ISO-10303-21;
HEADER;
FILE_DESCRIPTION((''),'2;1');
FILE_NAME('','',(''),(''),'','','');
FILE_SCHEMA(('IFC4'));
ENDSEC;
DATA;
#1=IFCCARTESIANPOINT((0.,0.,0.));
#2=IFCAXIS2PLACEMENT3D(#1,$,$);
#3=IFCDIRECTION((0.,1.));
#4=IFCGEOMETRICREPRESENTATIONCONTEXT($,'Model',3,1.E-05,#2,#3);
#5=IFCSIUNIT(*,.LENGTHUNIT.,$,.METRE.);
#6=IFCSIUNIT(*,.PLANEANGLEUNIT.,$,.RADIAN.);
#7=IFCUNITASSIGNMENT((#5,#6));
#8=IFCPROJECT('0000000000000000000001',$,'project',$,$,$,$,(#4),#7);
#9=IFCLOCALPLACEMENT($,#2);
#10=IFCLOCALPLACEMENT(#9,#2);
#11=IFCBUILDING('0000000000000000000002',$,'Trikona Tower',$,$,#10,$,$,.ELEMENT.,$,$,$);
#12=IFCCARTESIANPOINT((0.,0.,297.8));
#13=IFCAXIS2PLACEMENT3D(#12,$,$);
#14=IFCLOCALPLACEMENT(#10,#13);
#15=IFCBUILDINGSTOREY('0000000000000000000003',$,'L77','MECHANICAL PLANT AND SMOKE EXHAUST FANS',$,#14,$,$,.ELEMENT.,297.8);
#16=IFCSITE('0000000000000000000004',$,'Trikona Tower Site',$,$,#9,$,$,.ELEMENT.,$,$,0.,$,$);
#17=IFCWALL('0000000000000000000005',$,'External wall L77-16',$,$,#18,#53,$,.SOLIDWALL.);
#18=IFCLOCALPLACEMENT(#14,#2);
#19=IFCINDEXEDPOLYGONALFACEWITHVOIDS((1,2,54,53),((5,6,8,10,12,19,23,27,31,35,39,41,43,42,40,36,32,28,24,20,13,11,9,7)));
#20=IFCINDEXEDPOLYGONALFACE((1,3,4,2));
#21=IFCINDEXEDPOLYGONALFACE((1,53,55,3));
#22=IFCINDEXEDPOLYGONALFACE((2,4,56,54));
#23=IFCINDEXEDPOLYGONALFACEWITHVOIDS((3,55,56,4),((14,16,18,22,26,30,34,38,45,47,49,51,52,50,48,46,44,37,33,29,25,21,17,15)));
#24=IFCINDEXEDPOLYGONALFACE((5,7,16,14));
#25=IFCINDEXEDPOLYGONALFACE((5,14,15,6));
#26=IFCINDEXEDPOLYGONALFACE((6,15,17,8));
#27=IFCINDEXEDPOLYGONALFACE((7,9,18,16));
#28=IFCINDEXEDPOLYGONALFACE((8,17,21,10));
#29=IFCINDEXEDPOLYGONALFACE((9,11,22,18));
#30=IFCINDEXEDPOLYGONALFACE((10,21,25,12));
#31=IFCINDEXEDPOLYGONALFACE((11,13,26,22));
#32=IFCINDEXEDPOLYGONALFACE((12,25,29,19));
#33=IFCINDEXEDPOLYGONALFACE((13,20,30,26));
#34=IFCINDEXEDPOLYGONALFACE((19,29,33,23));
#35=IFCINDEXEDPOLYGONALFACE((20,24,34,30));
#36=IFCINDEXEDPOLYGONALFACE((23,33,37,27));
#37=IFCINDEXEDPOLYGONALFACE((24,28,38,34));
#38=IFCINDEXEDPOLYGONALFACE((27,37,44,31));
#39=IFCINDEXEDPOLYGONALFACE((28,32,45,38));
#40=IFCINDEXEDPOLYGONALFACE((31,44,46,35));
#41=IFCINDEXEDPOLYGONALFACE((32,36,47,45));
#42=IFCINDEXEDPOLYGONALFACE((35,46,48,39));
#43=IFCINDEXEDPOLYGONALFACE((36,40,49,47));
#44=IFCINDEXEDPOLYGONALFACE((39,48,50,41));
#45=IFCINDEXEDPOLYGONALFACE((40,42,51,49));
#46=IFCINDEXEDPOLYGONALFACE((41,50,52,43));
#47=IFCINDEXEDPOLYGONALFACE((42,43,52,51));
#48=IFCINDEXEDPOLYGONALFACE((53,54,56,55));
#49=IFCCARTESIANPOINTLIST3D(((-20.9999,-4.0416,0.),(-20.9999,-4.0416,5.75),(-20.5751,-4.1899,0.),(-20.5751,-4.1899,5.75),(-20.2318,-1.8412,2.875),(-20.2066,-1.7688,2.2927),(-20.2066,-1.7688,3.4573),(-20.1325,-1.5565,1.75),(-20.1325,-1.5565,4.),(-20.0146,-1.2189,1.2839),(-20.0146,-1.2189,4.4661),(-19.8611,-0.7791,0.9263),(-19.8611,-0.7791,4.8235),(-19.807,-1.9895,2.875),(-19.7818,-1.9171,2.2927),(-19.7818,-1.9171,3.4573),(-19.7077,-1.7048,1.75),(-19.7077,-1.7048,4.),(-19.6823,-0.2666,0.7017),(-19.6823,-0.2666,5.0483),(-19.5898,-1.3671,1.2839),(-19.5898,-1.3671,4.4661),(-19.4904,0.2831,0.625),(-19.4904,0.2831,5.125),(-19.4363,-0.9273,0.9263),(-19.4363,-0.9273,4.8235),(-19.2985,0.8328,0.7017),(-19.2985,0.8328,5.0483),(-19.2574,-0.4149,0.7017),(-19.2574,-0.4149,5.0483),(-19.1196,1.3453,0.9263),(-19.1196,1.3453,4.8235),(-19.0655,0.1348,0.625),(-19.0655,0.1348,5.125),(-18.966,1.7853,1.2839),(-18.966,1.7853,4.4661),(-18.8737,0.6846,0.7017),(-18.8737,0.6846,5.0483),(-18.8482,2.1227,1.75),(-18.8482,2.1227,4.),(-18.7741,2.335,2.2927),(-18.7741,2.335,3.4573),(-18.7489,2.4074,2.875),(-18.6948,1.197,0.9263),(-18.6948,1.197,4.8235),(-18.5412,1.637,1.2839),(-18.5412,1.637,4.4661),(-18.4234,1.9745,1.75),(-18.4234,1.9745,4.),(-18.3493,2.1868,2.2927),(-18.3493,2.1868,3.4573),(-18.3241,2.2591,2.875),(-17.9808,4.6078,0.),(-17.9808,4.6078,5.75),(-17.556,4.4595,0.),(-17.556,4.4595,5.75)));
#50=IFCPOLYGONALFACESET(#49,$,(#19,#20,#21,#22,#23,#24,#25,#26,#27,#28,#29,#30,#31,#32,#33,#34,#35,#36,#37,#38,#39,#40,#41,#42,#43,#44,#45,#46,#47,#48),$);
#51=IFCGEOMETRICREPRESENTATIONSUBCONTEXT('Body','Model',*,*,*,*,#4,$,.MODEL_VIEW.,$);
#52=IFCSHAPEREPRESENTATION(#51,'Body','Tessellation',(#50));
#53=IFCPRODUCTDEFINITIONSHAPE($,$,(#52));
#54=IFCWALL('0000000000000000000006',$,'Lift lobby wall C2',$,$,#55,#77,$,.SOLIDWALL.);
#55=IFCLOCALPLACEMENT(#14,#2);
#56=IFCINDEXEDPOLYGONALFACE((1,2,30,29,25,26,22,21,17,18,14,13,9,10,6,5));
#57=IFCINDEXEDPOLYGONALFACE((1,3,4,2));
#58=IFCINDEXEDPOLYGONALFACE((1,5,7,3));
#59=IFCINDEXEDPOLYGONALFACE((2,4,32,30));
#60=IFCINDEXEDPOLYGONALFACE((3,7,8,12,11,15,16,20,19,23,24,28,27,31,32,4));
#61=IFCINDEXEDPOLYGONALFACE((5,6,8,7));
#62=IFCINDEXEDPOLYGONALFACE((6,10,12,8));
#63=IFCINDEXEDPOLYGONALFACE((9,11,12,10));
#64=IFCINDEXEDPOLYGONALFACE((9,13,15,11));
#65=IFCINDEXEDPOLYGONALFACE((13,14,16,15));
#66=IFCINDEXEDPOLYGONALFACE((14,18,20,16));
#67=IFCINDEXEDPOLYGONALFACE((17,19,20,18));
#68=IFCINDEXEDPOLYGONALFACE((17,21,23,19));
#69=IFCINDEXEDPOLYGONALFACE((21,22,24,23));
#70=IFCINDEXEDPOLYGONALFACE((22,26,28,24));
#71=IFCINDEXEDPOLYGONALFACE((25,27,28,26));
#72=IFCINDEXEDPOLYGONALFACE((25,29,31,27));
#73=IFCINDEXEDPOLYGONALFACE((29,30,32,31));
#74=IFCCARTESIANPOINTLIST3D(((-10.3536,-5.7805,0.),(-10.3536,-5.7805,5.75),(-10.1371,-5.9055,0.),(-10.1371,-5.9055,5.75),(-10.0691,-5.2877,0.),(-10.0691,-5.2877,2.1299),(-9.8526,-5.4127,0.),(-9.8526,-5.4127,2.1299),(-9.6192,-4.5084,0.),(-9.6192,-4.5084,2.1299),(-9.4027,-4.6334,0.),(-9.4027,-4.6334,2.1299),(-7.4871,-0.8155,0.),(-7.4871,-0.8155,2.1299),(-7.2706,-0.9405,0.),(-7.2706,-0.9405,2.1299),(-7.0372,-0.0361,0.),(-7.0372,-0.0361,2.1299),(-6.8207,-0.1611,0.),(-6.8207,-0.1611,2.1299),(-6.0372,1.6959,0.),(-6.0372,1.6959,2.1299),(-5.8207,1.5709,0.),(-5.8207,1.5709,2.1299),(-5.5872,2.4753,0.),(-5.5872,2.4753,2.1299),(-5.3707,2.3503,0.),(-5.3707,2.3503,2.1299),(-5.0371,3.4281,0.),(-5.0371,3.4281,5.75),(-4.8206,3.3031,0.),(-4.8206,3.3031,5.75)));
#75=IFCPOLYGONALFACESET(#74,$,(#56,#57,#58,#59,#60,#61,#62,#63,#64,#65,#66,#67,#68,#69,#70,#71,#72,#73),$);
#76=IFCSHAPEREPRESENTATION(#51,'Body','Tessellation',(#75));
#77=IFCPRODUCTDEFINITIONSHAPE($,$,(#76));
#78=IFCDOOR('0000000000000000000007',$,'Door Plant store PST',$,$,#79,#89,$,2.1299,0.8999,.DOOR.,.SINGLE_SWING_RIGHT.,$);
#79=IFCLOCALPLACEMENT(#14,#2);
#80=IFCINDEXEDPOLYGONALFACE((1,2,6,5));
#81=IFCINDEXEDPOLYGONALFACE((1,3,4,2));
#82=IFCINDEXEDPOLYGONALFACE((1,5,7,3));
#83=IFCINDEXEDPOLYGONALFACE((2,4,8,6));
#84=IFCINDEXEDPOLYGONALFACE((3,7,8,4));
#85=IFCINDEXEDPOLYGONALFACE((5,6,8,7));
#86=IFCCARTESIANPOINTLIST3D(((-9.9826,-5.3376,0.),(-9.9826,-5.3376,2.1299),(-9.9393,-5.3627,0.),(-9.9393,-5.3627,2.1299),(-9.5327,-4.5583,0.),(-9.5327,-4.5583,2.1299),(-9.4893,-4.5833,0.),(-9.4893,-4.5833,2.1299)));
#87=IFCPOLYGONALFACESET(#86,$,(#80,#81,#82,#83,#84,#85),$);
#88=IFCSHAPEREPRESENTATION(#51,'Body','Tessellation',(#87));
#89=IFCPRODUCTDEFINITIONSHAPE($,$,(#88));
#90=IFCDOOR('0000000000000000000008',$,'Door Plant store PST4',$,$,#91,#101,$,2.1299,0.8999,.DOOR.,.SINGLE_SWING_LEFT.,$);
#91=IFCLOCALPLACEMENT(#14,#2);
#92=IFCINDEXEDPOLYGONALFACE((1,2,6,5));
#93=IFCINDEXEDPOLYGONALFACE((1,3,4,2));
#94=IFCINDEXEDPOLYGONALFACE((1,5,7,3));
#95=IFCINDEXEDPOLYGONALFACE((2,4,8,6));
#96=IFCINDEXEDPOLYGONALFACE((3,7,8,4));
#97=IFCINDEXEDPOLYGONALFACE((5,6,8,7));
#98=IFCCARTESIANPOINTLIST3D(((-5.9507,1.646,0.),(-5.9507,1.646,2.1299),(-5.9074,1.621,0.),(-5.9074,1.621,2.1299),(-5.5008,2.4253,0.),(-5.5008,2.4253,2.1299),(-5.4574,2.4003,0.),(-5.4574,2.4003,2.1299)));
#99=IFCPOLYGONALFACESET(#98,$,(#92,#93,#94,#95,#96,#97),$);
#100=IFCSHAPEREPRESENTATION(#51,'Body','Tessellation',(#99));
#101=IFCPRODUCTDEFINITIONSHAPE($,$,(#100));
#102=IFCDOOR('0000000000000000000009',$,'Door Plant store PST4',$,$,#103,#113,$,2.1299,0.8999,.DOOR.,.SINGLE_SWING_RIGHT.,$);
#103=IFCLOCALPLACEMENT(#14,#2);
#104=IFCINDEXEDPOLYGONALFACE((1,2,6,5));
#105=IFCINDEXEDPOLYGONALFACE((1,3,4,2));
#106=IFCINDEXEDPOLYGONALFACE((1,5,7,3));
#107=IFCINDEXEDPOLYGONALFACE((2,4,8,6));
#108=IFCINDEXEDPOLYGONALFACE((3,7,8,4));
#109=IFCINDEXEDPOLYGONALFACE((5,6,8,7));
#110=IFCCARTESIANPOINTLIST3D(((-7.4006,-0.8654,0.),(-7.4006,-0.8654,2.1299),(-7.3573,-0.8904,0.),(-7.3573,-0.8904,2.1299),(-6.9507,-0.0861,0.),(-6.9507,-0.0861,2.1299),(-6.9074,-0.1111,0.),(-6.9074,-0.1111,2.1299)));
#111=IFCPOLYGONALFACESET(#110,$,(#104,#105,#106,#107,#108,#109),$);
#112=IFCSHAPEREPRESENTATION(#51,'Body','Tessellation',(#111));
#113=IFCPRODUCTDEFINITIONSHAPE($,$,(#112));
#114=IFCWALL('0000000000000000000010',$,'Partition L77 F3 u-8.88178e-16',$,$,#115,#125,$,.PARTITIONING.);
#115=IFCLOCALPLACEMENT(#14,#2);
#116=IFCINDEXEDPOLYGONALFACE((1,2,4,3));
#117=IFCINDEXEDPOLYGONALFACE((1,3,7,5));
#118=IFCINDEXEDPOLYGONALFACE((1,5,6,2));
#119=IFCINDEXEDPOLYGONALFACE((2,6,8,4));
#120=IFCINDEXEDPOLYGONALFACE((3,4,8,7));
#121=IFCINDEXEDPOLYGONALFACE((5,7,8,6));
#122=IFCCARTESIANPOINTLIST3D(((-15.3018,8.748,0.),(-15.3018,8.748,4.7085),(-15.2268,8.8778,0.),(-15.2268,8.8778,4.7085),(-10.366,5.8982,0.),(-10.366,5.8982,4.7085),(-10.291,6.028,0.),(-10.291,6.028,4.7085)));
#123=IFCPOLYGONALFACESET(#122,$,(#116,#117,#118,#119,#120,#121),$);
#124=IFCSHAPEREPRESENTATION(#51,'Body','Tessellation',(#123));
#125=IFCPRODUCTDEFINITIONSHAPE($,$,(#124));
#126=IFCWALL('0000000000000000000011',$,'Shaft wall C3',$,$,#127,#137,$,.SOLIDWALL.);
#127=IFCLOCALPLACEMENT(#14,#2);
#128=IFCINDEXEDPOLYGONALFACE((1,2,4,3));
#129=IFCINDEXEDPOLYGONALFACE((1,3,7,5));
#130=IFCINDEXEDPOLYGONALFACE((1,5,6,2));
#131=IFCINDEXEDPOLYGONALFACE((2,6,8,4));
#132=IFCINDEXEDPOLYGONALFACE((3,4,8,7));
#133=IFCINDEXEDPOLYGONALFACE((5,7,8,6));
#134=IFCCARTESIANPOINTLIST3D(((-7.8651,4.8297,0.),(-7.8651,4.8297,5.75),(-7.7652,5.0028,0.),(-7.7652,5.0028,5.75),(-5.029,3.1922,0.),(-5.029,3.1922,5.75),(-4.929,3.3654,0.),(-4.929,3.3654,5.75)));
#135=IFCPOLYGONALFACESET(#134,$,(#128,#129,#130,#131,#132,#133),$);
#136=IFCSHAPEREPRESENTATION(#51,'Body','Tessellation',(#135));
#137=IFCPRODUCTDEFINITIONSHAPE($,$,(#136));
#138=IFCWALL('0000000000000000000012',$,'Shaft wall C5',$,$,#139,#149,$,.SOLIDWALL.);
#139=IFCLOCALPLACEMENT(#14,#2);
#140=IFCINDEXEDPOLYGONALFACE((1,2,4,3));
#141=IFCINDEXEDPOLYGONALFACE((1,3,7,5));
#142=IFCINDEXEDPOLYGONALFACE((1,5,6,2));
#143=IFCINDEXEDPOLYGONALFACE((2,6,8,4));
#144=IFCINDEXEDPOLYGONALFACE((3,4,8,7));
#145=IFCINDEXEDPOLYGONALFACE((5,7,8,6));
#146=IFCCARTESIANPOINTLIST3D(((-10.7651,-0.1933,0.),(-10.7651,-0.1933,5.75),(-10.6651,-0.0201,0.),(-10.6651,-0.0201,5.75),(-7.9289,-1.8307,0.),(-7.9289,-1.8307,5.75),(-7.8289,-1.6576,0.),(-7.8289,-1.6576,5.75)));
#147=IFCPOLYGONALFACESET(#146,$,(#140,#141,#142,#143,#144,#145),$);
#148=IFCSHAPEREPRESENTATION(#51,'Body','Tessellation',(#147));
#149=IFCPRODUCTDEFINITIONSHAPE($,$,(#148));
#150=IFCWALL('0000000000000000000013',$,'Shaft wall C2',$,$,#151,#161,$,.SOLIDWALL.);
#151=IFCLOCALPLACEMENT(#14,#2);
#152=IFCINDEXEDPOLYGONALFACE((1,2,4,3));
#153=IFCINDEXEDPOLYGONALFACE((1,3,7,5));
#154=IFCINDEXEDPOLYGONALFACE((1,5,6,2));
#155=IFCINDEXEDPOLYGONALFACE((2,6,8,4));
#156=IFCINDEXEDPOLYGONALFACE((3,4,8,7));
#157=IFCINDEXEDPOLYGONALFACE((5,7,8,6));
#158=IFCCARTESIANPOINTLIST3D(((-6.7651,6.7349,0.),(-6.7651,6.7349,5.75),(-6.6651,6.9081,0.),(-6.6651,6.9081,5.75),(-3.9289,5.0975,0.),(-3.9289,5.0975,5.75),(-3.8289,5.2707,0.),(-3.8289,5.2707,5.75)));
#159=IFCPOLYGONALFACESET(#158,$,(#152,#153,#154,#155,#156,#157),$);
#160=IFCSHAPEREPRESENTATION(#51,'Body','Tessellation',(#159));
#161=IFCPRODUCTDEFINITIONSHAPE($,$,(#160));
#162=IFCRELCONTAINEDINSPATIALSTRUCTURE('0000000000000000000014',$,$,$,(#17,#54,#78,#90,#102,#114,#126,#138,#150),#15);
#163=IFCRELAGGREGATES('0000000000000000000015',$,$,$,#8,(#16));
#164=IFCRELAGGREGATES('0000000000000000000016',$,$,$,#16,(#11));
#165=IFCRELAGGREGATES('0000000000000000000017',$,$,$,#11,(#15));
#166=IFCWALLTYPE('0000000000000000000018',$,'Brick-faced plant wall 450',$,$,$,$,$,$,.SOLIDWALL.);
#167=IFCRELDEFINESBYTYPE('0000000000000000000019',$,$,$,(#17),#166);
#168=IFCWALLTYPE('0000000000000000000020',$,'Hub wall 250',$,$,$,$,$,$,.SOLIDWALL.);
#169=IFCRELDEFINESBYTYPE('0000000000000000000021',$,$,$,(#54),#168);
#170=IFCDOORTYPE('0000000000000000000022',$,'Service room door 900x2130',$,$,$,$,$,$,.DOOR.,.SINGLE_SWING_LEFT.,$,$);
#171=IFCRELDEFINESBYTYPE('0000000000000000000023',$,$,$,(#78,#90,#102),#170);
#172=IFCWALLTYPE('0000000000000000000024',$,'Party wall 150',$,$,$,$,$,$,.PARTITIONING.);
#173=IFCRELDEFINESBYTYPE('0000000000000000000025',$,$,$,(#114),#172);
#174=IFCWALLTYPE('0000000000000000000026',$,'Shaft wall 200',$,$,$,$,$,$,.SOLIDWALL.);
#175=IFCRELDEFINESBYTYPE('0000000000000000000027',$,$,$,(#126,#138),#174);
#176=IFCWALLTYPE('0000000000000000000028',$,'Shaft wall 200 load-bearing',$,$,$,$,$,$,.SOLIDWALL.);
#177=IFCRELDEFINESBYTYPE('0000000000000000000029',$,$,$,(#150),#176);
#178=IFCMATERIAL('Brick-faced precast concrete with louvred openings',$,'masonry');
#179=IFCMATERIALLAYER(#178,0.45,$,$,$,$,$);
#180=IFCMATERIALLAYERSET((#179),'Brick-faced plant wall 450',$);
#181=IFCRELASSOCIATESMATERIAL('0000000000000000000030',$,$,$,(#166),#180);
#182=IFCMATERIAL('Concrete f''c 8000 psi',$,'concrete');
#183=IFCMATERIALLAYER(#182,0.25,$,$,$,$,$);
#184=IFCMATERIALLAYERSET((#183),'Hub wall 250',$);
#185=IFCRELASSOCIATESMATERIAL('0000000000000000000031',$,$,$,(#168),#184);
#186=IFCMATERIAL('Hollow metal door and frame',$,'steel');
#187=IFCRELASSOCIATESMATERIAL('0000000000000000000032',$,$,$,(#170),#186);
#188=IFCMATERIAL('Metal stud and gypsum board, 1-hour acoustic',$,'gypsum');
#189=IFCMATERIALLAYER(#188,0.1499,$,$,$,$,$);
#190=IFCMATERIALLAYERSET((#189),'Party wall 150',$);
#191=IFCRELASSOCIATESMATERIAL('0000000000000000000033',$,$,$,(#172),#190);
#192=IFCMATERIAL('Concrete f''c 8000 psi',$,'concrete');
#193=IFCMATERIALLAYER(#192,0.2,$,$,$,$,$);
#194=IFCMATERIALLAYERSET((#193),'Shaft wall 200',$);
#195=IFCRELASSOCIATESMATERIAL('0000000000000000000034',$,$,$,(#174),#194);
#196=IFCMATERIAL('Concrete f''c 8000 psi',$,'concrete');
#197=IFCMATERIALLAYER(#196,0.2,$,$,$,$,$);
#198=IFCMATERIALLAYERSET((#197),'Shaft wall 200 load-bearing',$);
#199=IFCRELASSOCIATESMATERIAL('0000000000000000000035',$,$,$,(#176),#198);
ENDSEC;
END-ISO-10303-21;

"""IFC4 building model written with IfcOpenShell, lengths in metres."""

from ifc_helpers import new_model, si_unit, direction, frame, frame_2d, origin, place, context, subcontext, project, spatial, polyline, rectangle, outline, extrude, material, layer, layer_set, type_object, element, fill, save


model = new_model("IFC4")

# Units and contexts
model_context = context("Model", 3, precision=1e-05, world=origin(), true_north=direction((0.0, 1.0)))
body_context = subcontext(model_context, "Body", "Model", "MODEL_VIEW")
ifc_project = project(units=[si_unit("LENGTHUNIT", "METRE"), si_unit("PLANEANGLEUNIT", "RADIAN")], contexts=[model_context])

# Site, building, storey
site_placement = place(None, origin())
site = spatial("IfcSite", under=ifc_project, at=site_placement, Name="Trikona Tower Site", CompositionType="ELEMENT", RefElevation=0.0)
building_placement = place(site_placement, origin())
building = spatial("IfcBuilding", under=site, at=building_placement, Name="Trikona Tower", CompositionType="ELEMENT")
storey_placement = place(building_placement, frame((0.0, 0.0, 297.8)))
storey = spatial("IfcBuildingStorey", under=building, at=storey_placement, Name="L77", Description="MECHANICAL PLANT AND SMOKE EXHAUST FANS", CompositionType="ELEMENT", Elevation=297.8)

# Wall
ifc_material_1 = material(Name="Brick-faced precast concrete with louvred openings", Category="masonry")
ifc_layer_1 = layer(ifc_material_1, 0.45)
ifc_layer_set_1 = layer_set([ifc_layer_1], Name="Brick-faced plant wall 450")
wall_type_1 = type_object("IfcWallType", Name="Brick-faced plant wall 450", PredefinedType="SOLIDWALL", material=ifc_layer_set_1)
wall_1_placement = place(storey_placement, frame((-17.7686, 4.5337, 0.0), z_axis=(0.0, 0.0, 1.0), x_axis=(-0.329548, -0.944139, 0.0)))
element("IfcWall", 1, at=wall_1_placement, inside=storey, type_object=wall_type_1, Name="External wall L77-16", PredefinedType="SOLIDWALL", context=body_context, shape_type="SweptSolid", body=[
    extrude(outline(polyline([(0.0, 0.0), (9.1611, 0.0), (9.1611, 5.75), (0.0, 5.75), (0.0, 0.0)]), holes=[polyline([(6.8306, 2.875), (6.7539, 3.4573), (6.5291, 4.0), (6.1714, 4.4661), (5.7056, 4.8235), (5.1628, 5.0483), (4.5806, 5.125), (3.9983, 5.0483), (3.4556, 4.8235), (2.9895, 4.4661), (2.6321, 4.0), (2.4072, 3.4573), (2.3306, 2.875), (2.4072, 2.2927), (2.6321, 1.75), (2.9895, 1.2839), (3.4556, 0.9263), (3.9983, 0.7017), (4.5806, 0.625), (5.1628, 0.7017), (5.7056, 0.9263), (6.1714, 1.2839), (6.5291, 1.75), (6.7539, 2.2927), (6.8306, 2.875)])]), frame((0.0, 0.2251, 0.0), z_axis=(0.0, -1.0, 0.0), x_axis=(1.0, 0.0, 0.0)), (0.0, 0.0, 1.0), 0.45),
])

# Wall, openings, doors
ifc_material_2 = material(Name="Concrete f'c 8000 psi", Category="concrete")
ifc_layer_2 = layer(ifc_material_2, 0.25)
ifc_layer_set_2 = layer_set([ifc_layer_2], Name="Hub wall 250")
wall_type_2 = type_object("IfcWallType", Name="Hub wall 250", PredefinedType="SOLIDWALL", material=ifc_layer_set_2)
wall_2_placement = place(storey_placement, frame((-4.929, 3.3655, 0.0), z_axis=(0.0, 0.0, 1.0), x_axis=(-0.499991, -0.86603, 0.0)))
wall_2 = element("IfcWall", 2, at=wall_2_placement, inside=storey, type_object=wall_type_2, Name="Lift lobby wall C2", PredefinedType="SOLIDWALL", context=body_context, shape_type="SweptSolid", body=[
    extrude(rectangle(XDim=10.6331, YDim=0.25, at=frame_2d((5.3164, 0.0))), origin(), (0.0, 0.0, 1.0), 5.75),
])
opening_1_placement = place(wall_2_placement, frame((9.1641, 0.0, 0.0)))
opening_1 = element("IfcOpeningElement", 3, at=opening_1_placement, cuts=wall_2, PredefinedType="OPENING", context=body_context, shape_type="SweptSolid", body=[
    extrude(rectangle(XDim=0.8999, YDim=2.1299, at=frame_2d((0.45, 1.0649))), frame((0.0, 0.135, 0.0), z_axis=(0.0, -1.0, 0.0), x_axis=(1.0, 0.0, 0.0)), (0.0, 0.0, 1.0), 0.27),
])
opening_2_placement = place(wall_2_placement, frame((1.1001, 0.0, 0.0)))
opening_2 = element("IfcOpeningElement", 4, at=opening_2_placement, cuts=wall_2, PredefinedType="OPENING", context=body_context, shape_type="SweptSolid", body=[
    extrude(rectangle(XDim=0.8999, YDim=2.1299, at=frame_2d((0.45, 1.0649))), frame((0.0, 0.135, 0.0), z_axis=(0.0, -1.0, 0.0), x_axis=(1.0, 0.0, 0.0)), (0.0, 0.0, 1.0), 0.27),
])
opening_3_placement = place(wall_2_placement, frame((4.0, 0.0, 0.0)))
opening_3 = element("IfcOpeningElement", 5, at=opening_3_placement, cuts=wall_2, PredefinedType="OPENING", context=body_context, shape_type="SweptSolid", body=[
    extrude(rectangle(XDim=0.8999, YDim=2.1299, at=frame_2d((0.45, 1.0649))), frame((0.0, 0.135, 0.0), z_axis=(0.0, -1.0, 0.0), x_axis=(1.0, 0.0, 0.0)), (0.0, 0.0, 1.0), 0.27),
])
ifc_material_3 = material(Name="Hollow metal door and frame", Category="steel")
door_type = type_object("IfcDoorType", Name="Service room door 900x2130", OperationType="SINGLE_SWING_LEFT", PredefinedType="DOOR", material=ifc_material_3)
door_1_placement = place(opening_1_placement, origin())
door_1 = element("IfcDoor", 6, at=door_1_placement, inside=storey, type_object=door_type, Name="Door Plant store PST", OperationType="SINGLE_SWING_RIGHT", OverallHeight=2.1299, OverallWidth=0.8999, PredefinedType="DOOR", context=body_context, shape_type="SweptSolid", body=[
    extrude(rectangle(XDim=0.8999, YDim=2.1299, at=frame_2d((0.45, 1.0649))), frame((0.0, 0.0249, 0.0), z_axis=(0.0, -1.0, 0.0), x_axis=(1.0, 0.0, 0.0)), (0.0, 0.0, 1.0), 0.05),
])
fill(opening_1, door_1)
door_2_placement = place(opening_2_placement, origin())
door_2 = element("IfcDoor", 7, at=door_2_placement, inside=storey, type_object=door_type, Name="Door Plant store PST4", OperationType="SINGLE_SWING_LEFT", OverallHeight=2.1299, OverallWidth=0.8999, PredefinedType="DOOR", context=body_context, shape_type="SweptSolid", body=[
    extrude(rectangle(XDim=0.8999, YDim=2.1299, at=frame_2d((0.45, 1.0649))), frame((0.0, 0.0249, 0.0), z_axis=(0.0, -1.0, 0.0), x_axis=(1.0, 0.0, 0.0)), (0.0, 0.0, 1.0), 0.05),
])
fill(opening_2, door_2)
door_3_placement = place(opening_3_placement, origin())
door_3 = element("IfcDoor", 8, at=door_3_placement, inside=storey, type_object=door_type, Name="Door Plant store PST4", OperationType="SINGLE_SWING_RIGHT", OverallHeight=2.1299, OverallWidth=0.8999, PredefinedType="DOOR", context=body_context, shape_type="SweptSolid", body=[
    extrude(rectangle(XDim=0.8999, YDim=2.1299, at=frame_2d((0.45, 1.0649))), frame((0.0, 0.0249, 0.0), z_axis=(0.0, -1.0, 0.0), x_axis=(1.0, 0.0, 0.0)), (0.0, 0.0, 1.0), 0.05),
])
fill(opening_3, door_3)

# Walls
ifc_material_4 = material(Name="Metal stud and gypsum board, 1-hour acoustic", Category="gypsum")
ifc_layer_3 = layer(ifc_material_4, 0.1499)
ifc_layer_set_3 = layer_set([ifc_layer_3], Name="Party wall 150")
wall_type_3 = type_object("IfcWallType", Name="Party wall 150", PredefinedType="PARTITIONING", material=ifc_layer_set_3)
wall_3_placement = place(storey_placement, frame((-10.3286, 5.9631, 0.0), z_axis=(0.0, 0.0, 1.0), x_axis=(-0.866012, 0.500023, 0.0)))
element("IfcWall", 9, at=wall_3_placement, inside=storey, type_object=wall_type_3, Name="Partition L77 F3 u-8.88178e-16", PredefinedType="PARTITIONING", context=body_context, shape_type="SweptSolid", body=[
    extrude(rectangle(XDim=5.6995, YDim=0.1499, at=frame_2d((2.8496, 0.0))), origin(), (0.0, 0.0, 1.0), 4.7085),
])
ifc_material_5 = material(Name="Concrete f'c 8000 psi", Category="concrete")
ifc_layer_4 = layer(ifc_material_5, 0.2)
ifc_layer_set_4 = layer_set([ifc_layer_4], Name="Shaft wall 200")
wall_type_4 = type_object("IfcWallType", Name="Shaft wall 200", PredefinedType="SOLIDWALL", material=ifc_layer_set_4)
for number, where, z_axis, x_axis, name in (
    (10, (-4.979, 3.2788, 0.0), (0.0, 0.0, 1.0), (-0.866028, 0.499996, 0.0), "Shaft wall C3"),
    (11, (-7.8789, -1.7441, 0.0), (0.0, 0.0, 1.0), (-0.866028, 0.499996, 0.0), "Shaft wall C5"),
):
    element("IfcWall", number, at=place(storey_placement, frame(where, z_axis=z_axis, x_axis=x_axis)), inside=storey, type_object=wall_type_4, Name=name, PredefinedType="SOLIDWALL", context=body_context, shape_type="SweptSolid", body=[
        extrude(rectangle(XDim=3.2749, YDim=0.2, at=frame_2d((1.6375, 0.0))), origin(), (0.0, 0.0, 1.0), 5.75),
    ])
ifc_material_6 = material(Name="Concrete f'c 8000 psi", Category="concrete")
ifc_layer_5 = layer(ifc_material_6, 0.2)
ifc_layer_set_5 = layer_set([ifc_layer_5], Name="Shaft wall 200 load-bearing")
wall_type_5 = type_object("IfcWallType", Name="Shaft wall 200 load-bearing", PredefinedType="SOLIDWALL", material=ifc_layer_set_5)
wall_4_placement = place(storey_placement, frame((-3.8789, 5.1841, 0.0), z_axis=(0.0, 0.0, 1.0), x_axis=(-0.866028, 0.499996, 0.0)))
element("IfcWall", 12, at=wall_4_placement, inside=storey, type_object=wall_type_5, Name="Shaft wall C2", PredefinedType="SOLIDWALL", context=body_context, shape_type="SweptSolid", body=[
    extrude(rectangle(XDim=3.2749, YDim=0.2, at=frame_2d((1.6375, 0.0))), origin(), (0.0, 0.0, 1.0), 5.75),
])

save(model, "model.ifc")
